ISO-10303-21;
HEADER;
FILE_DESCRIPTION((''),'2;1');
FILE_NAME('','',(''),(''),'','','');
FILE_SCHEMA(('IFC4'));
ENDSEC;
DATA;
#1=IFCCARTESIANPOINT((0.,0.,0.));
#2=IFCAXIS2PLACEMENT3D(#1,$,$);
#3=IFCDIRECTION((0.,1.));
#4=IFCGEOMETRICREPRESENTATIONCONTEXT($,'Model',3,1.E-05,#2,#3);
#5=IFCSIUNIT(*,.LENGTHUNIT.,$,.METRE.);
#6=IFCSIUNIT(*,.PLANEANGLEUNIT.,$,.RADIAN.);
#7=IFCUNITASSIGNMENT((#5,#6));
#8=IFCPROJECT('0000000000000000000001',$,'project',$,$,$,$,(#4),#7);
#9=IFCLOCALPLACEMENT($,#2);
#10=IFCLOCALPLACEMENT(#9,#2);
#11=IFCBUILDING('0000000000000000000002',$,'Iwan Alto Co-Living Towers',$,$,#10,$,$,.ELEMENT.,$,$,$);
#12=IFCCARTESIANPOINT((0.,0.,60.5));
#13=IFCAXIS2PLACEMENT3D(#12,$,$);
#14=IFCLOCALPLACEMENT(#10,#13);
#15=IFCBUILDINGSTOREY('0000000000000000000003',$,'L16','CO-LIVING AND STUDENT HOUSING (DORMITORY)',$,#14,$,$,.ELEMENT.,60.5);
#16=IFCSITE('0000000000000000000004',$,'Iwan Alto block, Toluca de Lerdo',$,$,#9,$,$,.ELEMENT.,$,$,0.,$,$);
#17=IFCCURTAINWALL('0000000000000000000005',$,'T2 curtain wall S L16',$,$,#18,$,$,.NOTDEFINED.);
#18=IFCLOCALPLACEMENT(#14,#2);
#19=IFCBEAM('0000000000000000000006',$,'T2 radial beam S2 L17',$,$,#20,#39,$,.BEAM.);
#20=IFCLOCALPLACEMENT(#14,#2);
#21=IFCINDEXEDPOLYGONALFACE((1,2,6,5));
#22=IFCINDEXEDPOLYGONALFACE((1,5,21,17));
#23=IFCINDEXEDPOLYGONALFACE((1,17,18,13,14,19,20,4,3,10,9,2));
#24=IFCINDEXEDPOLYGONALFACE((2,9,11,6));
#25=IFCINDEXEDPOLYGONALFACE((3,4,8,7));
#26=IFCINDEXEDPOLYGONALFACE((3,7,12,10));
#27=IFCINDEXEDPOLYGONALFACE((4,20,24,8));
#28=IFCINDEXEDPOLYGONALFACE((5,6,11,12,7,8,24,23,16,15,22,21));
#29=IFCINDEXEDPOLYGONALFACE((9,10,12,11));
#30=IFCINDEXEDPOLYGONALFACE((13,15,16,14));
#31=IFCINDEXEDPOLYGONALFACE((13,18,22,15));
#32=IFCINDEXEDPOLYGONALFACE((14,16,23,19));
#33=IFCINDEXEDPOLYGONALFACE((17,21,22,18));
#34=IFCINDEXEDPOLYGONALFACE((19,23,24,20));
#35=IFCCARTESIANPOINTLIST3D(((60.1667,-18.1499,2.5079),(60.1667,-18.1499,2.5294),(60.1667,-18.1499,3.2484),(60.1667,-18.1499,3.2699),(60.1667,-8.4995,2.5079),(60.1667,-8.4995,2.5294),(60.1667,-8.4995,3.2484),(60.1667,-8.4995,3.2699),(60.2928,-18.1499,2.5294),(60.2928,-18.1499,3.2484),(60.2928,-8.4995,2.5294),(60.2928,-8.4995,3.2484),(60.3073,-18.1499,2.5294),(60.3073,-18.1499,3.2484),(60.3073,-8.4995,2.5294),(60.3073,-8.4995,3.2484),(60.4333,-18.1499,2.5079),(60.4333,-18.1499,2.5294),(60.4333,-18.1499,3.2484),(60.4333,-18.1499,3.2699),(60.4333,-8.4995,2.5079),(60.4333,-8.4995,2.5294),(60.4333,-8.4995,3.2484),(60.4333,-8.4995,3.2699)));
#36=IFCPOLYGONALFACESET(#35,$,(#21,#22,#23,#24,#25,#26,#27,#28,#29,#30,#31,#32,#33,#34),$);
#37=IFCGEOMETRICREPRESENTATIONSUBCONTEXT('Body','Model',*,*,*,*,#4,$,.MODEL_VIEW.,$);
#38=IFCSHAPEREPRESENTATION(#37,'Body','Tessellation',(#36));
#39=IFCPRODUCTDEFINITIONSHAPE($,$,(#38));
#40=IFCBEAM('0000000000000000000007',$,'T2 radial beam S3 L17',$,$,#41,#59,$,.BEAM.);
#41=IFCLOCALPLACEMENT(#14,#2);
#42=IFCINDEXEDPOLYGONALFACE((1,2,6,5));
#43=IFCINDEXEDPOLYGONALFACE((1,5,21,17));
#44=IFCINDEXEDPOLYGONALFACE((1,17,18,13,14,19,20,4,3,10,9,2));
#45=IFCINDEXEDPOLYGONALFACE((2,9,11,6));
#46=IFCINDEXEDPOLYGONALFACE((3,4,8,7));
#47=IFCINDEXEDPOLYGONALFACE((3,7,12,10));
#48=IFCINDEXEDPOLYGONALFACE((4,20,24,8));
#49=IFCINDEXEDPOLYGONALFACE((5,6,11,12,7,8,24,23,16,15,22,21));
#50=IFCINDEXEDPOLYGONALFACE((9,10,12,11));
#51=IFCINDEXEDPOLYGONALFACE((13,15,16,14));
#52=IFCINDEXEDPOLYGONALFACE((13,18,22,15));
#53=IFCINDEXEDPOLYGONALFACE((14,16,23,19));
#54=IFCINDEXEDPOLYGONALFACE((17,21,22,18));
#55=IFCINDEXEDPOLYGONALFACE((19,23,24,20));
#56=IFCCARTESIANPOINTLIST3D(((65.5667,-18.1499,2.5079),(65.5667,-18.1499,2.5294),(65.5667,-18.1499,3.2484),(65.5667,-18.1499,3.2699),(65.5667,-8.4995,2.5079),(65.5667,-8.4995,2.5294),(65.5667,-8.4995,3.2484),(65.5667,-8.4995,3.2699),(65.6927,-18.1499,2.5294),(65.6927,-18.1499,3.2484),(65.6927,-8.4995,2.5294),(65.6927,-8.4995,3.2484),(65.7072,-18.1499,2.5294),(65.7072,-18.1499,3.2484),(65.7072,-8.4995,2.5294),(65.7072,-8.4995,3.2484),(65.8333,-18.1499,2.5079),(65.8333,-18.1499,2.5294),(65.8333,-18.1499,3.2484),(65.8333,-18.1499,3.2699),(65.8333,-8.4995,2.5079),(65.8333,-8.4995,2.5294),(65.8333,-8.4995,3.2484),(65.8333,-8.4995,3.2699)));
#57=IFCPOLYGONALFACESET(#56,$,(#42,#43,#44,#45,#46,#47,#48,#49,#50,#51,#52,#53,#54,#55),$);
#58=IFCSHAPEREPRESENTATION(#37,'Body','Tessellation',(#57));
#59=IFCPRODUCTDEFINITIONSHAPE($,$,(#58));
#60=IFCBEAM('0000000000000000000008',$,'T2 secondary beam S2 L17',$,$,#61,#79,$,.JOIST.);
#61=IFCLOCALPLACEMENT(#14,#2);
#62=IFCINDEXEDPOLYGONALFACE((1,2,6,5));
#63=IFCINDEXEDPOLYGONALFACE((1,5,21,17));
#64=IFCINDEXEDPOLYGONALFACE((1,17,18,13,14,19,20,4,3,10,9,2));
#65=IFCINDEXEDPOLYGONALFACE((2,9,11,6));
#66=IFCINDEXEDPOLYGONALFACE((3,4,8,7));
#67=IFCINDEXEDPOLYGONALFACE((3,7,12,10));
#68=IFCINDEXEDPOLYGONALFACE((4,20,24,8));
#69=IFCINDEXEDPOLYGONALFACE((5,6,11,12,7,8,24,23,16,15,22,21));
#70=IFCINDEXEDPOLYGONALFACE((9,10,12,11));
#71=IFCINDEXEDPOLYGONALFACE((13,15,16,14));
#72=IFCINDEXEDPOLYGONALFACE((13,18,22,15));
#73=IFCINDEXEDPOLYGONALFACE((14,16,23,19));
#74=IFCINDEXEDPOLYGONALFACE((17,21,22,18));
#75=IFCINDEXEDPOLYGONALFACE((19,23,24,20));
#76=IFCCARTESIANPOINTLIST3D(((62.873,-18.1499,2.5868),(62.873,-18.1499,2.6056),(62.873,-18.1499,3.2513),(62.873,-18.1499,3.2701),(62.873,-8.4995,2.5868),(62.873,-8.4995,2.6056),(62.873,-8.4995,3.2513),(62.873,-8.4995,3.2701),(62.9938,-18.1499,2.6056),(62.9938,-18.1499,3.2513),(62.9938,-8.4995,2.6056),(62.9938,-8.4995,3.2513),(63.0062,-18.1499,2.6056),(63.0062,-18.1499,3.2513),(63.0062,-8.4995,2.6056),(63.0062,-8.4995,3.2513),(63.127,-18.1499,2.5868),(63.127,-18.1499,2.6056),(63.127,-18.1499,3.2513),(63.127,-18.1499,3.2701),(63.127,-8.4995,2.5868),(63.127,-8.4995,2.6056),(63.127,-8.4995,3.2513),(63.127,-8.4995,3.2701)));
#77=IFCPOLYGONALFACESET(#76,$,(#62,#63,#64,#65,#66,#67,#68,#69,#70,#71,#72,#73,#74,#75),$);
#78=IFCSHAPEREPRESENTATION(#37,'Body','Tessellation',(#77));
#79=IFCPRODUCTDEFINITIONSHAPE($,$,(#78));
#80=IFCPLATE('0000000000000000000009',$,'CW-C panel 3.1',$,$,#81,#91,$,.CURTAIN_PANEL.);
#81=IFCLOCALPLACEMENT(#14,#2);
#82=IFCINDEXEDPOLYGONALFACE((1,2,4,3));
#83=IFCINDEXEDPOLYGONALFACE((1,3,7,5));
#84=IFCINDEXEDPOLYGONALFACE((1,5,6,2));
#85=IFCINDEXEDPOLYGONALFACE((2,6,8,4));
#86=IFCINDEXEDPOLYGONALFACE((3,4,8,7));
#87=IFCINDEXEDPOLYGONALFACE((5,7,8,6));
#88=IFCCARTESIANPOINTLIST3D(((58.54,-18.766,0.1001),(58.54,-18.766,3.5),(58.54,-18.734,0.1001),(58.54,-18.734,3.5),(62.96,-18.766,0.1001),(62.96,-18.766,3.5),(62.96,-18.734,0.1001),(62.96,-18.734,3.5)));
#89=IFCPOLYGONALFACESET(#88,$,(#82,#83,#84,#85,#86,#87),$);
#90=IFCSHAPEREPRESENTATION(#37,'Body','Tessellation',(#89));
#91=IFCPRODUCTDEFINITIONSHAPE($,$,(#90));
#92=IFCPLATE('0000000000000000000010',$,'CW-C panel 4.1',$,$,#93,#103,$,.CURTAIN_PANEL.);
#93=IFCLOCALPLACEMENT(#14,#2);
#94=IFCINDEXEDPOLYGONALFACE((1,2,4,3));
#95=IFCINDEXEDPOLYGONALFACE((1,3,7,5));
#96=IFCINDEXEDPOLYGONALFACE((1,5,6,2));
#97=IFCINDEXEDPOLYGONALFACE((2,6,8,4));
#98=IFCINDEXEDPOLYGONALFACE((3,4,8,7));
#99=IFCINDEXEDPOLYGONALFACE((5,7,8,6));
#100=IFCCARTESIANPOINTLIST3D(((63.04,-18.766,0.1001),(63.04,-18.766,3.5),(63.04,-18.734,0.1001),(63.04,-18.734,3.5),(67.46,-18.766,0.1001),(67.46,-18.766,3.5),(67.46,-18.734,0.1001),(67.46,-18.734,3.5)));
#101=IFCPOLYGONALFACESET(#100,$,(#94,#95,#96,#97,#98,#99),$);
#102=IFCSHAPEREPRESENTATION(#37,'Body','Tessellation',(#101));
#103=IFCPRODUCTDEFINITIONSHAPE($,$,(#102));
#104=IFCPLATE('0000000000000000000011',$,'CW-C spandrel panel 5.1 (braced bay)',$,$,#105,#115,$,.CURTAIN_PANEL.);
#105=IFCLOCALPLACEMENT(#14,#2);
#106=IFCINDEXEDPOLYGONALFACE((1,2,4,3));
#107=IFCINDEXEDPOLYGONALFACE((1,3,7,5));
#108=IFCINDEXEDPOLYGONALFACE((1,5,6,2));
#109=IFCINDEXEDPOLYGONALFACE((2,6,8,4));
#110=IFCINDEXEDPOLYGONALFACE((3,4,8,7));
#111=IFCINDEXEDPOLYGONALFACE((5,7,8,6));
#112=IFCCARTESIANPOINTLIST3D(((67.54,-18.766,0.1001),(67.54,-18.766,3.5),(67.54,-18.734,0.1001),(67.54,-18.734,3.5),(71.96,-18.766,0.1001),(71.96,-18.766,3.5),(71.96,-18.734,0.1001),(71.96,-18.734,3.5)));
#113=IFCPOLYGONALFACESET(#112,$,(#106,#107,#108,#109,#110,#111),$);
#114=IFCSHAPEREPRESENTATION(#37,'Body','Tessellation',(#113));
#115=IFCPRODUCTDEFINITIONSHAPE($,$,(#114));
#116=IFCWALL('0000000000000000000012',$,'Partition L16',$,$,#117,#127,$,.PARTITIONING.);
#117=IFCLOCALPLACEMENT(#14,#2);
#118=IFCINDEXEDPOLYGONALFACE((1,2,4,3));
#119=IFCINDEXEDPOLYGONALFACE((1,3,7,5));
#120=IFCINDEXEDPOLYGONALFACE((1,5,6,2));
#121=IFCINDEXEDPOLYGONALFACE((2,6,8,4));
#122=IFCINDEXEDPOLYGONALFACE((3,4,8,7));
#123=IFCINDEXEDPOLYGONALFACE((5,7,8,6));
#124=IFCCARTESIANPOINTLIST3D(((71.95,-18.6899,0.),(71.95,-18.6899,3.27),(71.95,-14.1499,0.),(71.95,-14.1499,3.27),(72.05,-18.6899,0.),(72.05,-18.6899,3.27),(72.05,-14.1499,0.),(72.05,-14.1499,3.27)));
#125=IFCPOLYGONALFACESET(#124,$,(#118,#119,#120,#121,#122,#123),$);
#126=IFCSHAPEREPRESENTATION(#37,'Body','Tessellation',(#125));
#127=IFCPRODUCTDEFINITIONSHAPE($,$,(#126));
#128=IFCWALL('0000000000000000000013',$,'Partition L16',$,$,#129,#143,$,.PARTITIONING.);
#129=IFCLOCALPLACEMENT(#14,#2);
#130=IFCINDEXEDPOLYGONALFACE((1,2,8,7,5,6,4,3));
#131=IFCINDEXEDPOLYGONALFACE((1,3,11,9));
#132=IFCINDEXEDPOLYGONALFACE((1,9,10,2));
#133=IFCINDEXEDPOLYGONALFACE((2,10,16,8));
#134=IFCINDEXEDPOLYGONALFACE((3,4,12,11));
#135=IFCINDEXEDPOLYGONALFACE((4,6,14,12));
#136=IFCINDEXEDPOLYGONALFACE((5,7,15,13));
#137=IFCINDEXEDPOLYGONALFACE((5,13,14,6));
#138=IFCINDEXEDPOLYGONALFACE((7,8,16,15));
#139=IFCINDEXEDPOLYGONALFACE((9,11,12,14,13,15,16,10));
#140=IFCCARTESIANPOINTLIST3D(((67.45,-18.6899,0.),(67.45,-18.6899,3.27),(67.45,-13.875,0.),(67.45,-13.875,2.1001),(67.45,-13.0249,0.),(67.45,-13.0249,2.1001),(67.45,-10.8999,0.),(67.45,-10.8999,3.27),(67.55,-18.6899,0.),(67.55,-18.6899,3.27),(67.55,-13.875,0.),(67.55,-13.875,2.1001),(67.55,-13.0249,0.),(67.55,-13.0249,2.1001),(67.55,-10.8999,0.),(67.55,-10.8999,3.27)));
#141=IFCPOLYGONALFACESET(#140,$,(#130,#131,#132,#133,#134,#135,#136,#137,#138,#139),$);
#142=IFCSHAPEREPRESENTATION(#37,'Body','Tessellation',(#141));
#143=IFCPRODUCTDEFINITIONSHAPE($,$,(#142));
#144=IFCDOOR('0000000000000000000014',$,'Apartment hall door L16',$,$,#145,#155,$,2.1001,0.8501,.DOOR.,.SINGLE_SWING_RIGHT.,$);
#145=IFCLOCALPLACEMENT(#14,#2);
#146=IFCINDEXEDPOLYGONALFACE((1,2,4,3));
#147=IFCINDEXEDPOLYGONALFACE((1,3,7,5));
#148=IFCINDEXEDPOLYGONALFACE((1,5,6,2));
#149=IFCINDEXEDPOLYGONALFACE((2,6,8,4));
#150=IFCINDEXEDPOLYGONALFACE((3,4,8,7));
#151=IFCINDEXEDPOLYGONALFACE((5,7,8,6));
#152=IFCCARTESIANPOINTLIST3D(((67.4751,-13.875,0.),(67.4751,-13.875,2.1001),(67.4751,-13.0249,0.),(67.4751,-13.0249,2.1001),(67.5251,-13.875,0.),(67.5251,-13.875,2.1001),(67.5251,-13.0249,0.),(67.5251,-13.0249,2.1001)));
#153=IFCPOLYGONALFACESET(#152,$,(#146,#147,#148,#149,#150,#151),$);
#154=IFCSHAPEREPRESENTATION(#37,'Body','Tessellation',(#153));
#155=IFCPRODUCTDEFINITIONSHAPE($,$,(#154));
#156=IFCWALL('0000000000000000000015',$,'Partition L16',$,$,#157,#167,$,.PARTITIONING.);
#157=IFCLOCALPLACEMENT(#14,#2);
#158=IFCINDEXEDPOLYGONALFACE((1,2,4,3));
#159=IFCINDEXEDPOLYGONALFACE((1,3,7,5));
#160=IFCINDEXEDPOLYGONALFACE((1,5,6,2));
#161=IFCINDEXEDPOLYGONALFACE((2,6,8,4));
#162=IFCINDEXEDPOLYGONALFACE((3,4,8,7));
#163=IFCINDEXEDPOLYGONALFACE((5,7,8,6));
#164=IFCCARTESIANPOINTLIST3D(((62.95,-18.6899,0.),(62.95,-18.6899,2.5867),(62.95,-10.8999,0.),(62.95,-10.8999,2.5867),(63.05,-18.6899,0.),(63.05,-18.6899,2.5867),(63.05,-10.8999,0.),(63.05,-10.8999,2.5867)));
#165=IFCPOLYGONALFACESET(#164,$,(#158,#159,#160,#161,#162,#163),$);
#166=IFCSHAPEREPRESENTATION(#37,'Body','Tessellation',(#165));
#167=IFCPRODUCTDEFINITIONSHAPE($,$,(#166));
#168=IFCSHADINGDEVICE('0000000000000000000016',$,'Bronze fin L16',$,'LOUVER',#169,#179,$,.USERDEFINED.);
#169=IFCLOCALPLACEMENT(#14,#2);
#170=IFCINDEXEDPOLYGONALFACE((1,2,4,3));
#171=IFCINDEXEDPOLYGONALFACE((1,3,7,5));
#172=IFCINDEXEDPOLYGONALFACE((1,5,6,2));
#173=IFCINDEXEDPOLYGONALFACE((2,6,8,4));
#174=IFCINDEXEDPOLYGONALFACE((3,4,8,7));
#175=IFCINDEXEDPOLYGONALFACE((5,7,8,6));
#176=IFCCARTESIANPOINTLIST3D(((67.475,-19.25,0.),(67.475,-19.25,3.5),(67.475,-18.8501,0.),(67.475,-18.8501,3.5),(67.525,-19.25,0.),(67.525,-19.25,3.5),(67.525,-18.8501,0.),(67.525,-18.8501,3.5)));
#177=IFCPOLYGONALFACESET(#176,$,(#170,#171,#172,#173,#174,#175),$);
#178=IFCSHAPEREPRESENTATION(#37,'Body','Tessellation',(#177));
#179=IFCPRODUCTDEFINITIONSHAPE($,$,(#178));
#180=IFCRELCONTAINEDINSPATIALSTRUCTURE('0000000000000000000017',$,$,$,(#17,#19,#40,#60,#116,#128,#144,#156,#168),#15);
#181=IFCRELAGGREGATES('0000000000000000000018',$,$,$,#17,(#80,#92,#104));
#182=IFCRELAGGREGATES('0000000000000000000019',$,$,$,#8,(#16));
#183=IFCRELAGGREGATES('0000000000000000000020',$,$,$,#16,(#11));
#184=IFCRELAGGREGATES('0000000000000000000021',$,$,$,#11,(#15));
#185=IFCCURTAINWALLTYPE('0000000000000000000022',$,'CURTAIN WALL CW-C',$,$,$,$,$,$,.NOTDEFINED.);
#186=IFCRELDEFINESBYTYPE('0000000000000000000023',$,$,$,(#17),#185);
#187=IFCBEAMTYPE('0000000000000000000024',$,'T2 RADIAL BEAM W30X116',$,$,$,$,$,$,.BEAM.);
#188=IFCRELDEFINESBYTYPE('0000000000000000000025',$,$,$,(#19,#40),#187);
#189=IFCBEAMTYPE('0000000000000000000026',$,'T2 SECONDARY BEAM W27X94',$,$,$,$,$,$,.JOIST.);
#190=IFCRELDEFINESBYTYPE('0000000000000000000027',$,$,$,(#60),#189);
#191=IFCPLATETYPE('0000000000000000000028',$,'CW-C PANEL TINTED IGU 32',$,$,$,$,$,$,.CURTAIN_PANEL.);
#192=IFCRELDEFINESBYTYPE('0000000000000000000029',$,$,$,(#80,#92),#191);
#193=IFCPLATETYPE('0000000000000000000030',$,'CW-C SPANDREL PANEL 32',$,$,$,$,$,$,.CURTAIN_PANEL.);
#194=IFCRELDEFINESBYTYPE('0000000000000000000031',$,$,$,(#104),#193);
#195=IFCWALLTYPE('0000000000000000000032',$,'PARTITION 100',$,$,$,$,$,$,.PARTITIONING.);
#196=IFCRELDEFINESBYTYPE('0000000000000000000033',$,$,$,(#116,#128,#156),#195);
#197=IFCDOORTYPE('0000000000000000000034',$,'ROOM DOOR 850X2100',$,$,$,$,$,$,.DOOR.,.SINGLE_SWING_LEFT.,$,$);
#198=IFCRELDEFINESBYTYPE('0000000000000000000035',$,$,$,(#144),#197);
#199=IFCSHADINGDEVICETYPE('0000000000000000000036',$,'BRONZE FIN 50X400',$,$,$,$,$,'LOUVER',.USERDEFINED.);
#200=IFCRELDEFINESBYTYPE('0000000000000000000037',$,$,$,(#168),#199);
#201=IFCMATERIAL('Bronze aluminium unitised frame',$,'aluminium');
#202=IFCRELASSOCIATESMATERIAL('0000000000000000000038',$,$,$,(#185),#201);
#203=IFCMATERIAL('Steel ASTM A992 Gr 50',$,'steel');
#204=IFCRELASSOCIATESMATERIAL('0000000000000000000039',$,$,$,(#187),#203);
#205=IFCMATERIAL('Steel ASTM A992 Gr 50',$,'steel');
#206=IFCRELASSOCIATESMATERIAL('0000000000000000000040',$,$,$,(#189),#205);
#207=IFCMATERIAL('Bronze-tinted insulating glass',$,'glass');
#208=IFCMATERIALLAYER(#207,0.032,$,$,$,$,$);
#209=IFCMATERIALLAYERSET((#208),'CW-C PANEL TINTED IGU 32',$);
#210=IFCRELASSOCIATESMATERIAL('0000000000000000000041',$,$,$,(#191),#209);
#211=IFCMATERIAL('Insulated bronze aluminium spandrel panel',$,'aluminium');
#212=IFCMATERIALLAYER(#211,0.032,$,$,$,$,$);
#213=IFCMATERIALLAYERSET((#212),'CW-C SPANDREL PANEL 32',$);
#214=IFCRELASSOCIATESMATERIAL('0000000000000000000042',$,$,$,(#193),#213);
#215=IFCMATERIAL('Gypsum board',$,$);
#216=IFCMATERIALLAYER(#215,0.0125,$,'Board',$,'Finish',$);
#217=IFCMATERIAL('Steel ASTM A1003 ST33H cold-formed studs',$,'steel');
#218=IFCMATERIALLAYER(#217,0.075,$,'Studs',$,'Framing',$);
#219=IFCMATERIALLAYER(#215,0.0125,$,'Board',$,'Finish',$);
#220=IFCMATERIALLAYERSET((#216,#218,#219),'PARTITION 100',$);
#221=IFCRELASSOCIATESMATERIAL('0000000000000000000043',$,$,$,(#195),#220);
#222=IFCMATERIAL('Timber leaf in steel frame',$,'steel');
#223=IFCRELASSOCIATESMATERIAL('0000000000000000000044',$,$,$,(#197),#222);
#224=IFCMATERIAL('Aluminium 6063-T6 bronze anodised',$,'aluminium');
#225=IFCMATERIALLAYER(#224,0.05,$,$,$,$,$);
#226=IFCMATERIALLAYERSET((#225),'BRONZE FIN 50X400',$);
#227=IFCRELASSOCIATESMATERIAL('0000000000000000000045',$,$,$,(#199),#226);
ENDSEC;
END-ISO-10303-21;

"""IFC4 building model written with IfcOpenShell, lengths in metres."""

from ifc_helpers import new_model, si_unit, direction, frame, frame_2d, origin, origin_2d, place, context, subcontext, project, spatial, rectangle, i_section, extrude, material, layer, layer_set, material_profile, profile_set, type_object, element, fill, aggregate, save


model = new_model("IFC4")

# Units and contexts
model_context = context("Model", 3, precision=1e-05, world=origin(), true_north=direction((0.0, 1.0)))
body_context = subcontext(model_context, "Body", "Model", "MODEL_VIEW")
ifc_project = project(units=[si_unit("LENGTHUNIT", "METRE"), si_unit("PLANEANGLEUNIT", "RADIAN")], contexts=[model_context])

# Site, building, storey
site_placement = place(None, origin())
site = spatial("IfcSite", under=ifc_project, at=site_placement, Name="Iwan Alto block, Toluca de Lerdo", CompositionType="ELEMENT", RefElevation=0.0)
building_placement = place(site_placement, origin())
building = spatial("IfcBuilding", under=site, at=building_placement, Name="Iwan Alto Co-Living Towers", CompositionType="ELEMENT")
storey_placement = place(building_placement, frame((0.0, 0.0, 60.5)))
storey = spatial("IfcBuildingStorey", under=building, at=storey_placement, Name="L16", Description="CO-LIVING AND STUDENT HOUSING (DORMITORY)", CompositionType="ELEMENT", Elevation=60.5)

# Curtain wall
ifc_material_1 = material(Name="Bronze aluminium unitised frame", Category="aluminium")
curtain_wall_type = type_object("IfcCurtainWallType", Name="CURTAIN WALL CW-C", PredefinedType="NOTDEFINED", material=ifc_material_1)
curtain_wall_placement = place(storey_placement, origin())
curtain_wall = element("IfcCurtainWall", 1, at=curtain_wall_placement, inside=storey, type_object=curtain_wall_type, Name="T2 curtain wall S L16", PredefinedType="NOTDEFINED")

# Beams
ifc_material_2 = material(Name="Steel ASTM A992 Gr 50", Category="steel")
ifc_material_profile_1 = material_profile(ifc_material_2, i_section(OverallWidth=0.2666, OverallDepth=0.762, WebThickness=0.0144, FlangeThickness=0.0215, at=origin_2d()), Name="W30X116")
ifc_profile_set_1 = profile_set([ifc_material_profile_1], Name="Steel ASTM A992 Gr 50")
beam_type_1 = type_object("IfcBeamType", Name="T2 RADIAL BEAM W30X116", PredefinedType="BEAM", material=ifc_profile_set_1)
for number, where, z_axis, x_axis, name in (
    (2, (60.3, -18.1499, 2.8889), (0.0, 1.0, 0.0), (-1.0, 0.0, 0.0), "T2 radial beam S2 L17"),
    (3, (65.7, -18.1499, 2.8889), (0.0, 1.0, 0.0), (-1.0, 0.0, 0.0), "T2 radial beam S3 L17"),
):
    element("IfcBeam", number, at=place(storey_placement, frame(where, z_axis=z_axis, x_axis=x_axis)), inside=storey, type_object=beam_type_1, Name=name, PredefinedType="BEAM", context=body_context, shape_type="SweptSolid", body=[
        extrude(i_section(OverallWidth=0.2666, OverallDepth=0.762, WebThickness=0.0144, FlangeThickness=0.0215, at=origin_2d()), origin(), (0.0, 0.0, 1.0), 9.6504),
    ])
ifc_material_3 = material(Name="Steel ASTM A992 Gr 50", Category="steel")
ifc_material_profile_2 = material_profile(ifc_material_3, i_section(OverallWidth=0.2539, OverallDepth=0.6833, WebThickness=0.0125, FlangeThickness=0.0188, at=origin_2d()), Name="W27X94")
ifc_profile_set_2 = profile_set([ifc_material_profile_2], Name="Steel ASTM A992 Gr 50")
beam_type_2 = type_object("IfcBeamType", Name="T2 SECONDARY BEAM W27X94", PredefinedType="JOIST", material=ifc_profile_set_2)
beam_1_placement = place(storey_placement, frame((63.0, -18.1499, 2.9285), z_axis=(0.0, 1.0, 0.0), x_axis=(-1.0, 0.0, 0.0)))
element("IfcBeam", 4, at=beam_1_placement, inside=storey, type_object=beam_type_2, Name="T2 secondary beam S2 L17", PredefinedType="JOIST", context=body_context, shape_type="SweptSolid", body=[
    extrude(i_section(OverallWidth=0.2539, OverallDepth=0.6833, WebThickness=0.0125, FlangeThickness=0.0188, at=origin_2d()), origin(), (0.0, 0.0, 1.0), 9.6504),
])

# Plates
ifc_material_4 = material(Name="Bronze-tinted insulating glass", Category="glass")
ifc_layer_1 = layer(ifc_material_4, 0.032)
ifc_layer_set_1 = layer_set([ifc_layer_1], Name="CW-C PANEL TINTED IGU 32")
plate_type_1 = type_object("IfcPlateType", Name="CW-C PANEL TINTED IGU 32", PredefinedType="CURTAIN_PANEL", material=ifc_layer_set_1)
plate_1_placement = place(storey_placement, frame((60.75, -18.75, 0.1001), z_axis=(0.0, 0.0, 1.0), x_axis=(1.0, 0.0, 0.0)))
plate_1 = element("IfcPlate", 5, at=plate_1_placement, type_object=plate_type_1, Name="CW-C panel 3.1", PredefinedType="CURTAIN_PANEL", context=body_context, shape_type="SweptSolid", body=[
    extrude(rectangle(XDim=4.4199, YDim=0.032, at=origin_2d()), origin(), (0.0, 0.0, 1.0), 3.3999),
])
plate_2_placement = place(storey_placement, frame((65.25, -18.75, 0.1001), z_axis=(0.0, 0.0, 1.0), x_axis=(1.0, 0.0, 0.0)))
plate_2 = element("IfcPlate", 6, at=plate_2_placement, type_object=plate_type_1, Name="CW-C panel 4.1", PredefinedType="CURTAIN_PANEL", context=body_context, shape_type="SweptSolid", body=[
    extrude(rectangle(XDim=4.4199, YDim=0.032, at=origin_2d()), origin(), (0.0, 0.0, 1.0), 3.3999),
])
ifc_material_5 = material(Name="Insulated bronze aluminium spandrel panel", Category="aluminium")
ifc_layer_2 = layer(ifc_material_5, 0.032)
ifc_layer_set_2 = layer_set([ifc_layer_2], Name="CW-C SPANDREL PANEL 32")
plate_type_2 = type_object("IfcPlateType", Name="CW-C SPANDREL PANEL 32", PredefinedType="CURTAIN_PANEL", material=ifc_layer_set_2)
plate_3_placement = place(storey_placement, frame((69.75, -18.75, 0.1001), z_axis=(0.0, 0.0, 1.0), x_axis=(1.0, 0.0, 0.0)))
plate_3 = element("IfcPlate", 7, at=plate_3_placement, type_object=plate_type_2, Name="CW-C spandrel panel 5.1 (braced bay)", PredefinedType="CURTAIN_PANEL", context=body_context, shape_type="SweptSolid", body=[
    extrude(rectangle(XDim=4.4199, YDim=0.032, at=origin_2d()), origin(), (0.0, 0.0, 1.0), 3.3999),
])
aggregate(curtain_wall, [plate_1, plate_2, plate_3])

# Wall
ifc_material_6 = material(Name="Gypsum board")
ifc_layer_3 = layer(ifc_material_6, 0.0125, Name="Board", Category="Finish")
ifc_material_7 = material(Name="Steel ASTM A1003 ST33H cold-formed studs", Category="steel")
ifc_layer_4 = layer(ifc_material_7, 0.075, Name="Studs", Category="Framing")
ifc_layer_5 = layer(ifc_material_6, 0.0125, Name="Board", Category="Finish")
ifc_layer_set_3 = layer_set([ifc_layer_3, ifc_layer_4, ifc_layer_5], Name="PARTITION 100")
wall_type = type_object("IfcWallType", Name="PARTITION 100", PredefinedType="PARTITIONING", material=ifc_layer_set_3)
wall_1_placement = place(storey_placement, frame((72.0, -18.6899, 0.0), z_axis=(0.0, 0.0, 1.0), x_axis=(0.0, 1.0, 0.0)))
element("IfcWall", 8, at=wall_1_placement, inside=storey, type_object=wall_type, Name="Partition L16", PredefinedType="PARTITIONING", context=body_context, shape_type="SweptSolid", body=[
    extrude(rectangle(XDim=4.54, YDim=0.1001, at=frame_2d((2.27, 0.0))), origin(), (0.0, 0.0, 1.0), 3.27),
])

# Wall, opening, door
wall_2_placement = place(storey_placement, frame((67.5, -18.6899, 0.0), z_axis=(0.0, 0.0, 1.0), x_axis=(0.0, 1.0, 0.0)))
wall_2 = element("IfcWall", 9, at=wall_2_placement, inside=storey, type_object=wall_type, Name="Partition L16", PredefinedType="PARTITIONING", context=body_context, shape_type="SweptSolid", body=[
    extrude(rectangle(XDim=7.79, YDim=0.1001, at=frame_2d((3.895, 0.0))), origin(), (0.0, 0.0, 1.0), 3.27),
])
opening_placement = place(wall_2_placement, frame((4.8149, 0.0, 0.0)))
opening = element("IfcOpeningElement", 10, at=opening_placement, cuts=wall_2, PredefinedType="OPENING", context=body_context, shape_type="SweptSolid", body=[
    extrude(rectangle(XDim=0.8501, YDim=2.1001, at=frame_2d((0.425, 1.05))), frame((0.0, 0.0601, 0.0), z_axis=(0.0, -1.0, 0.0), x_axis=(1.0, 0.0, 0.0)), (0.0, 0.0, 1.0), 0.1201),
])
ifc_material_8 = material(Name="Timber leaf in steel frame", Category="steel")
door_type = type_object("IfcDoorType", Name="ROOM DOOR 850X2100", OperationType="SINGLE_SWING_LEFT", PredefinedType="DOOR", material=ifc_material_8)
door_placement = place(opening_placement, origin())
door = element("IfcDoor", 11, at=door_placement, inside=storey, type_object=door_type, Name="Apartment hall door L16", OperationType="SINGLE_SWING_RIGHT", OverallHeight=2.1001, OverallWidth=0.8501, PredefinedType="DOOR", context=body_context, shape_type="SweptSolid", body=[
    extrude(rectangle(XDim=0.8501, YDim=2.1001, at=frame_2d((0.425, 1.05))), frame((0.0, 0.0249, 0.0), z_axis=(0.0, -1.0, 0.0), x_axis=(1.0, 0.0, 0.0)), (0.0, 0.0, 1.0), 0.05),
])
fill(opening, door)

# Wall
wall_3_placement = place(storey_placement, frame((63.0, -18.6899, 0.0), z_axis=(0.0, 0.0, 1.0), x_axis=(0.0, 1.0, 0.0)))
element("IfcWall", 12, at=wall_3_placement, inside=storey, type_object=wall_type, Name="Partition L16", PredefinedType="PARTITIONING", context=body_context, shape_type="SweptSolid", body=[
    extrude(rectangle(XDim=7.79, YDim=0.1001, at=frame_2d((3.895, 0.0))), origin(), (0.0, 0.0, 1.0), 2.5867),
])

# Shading device
ifc_material_9 = material(Name="Aluminium 6063-T6 bronze anodised", Category="aluminium")
ifc_layer_6 = layer(ifc_material_9, 0.05)
ifc_layer_set_4 = layer_set([ifc_layer_6], Name="BRONZE FIN 50X400")
shading_device_type = type_object("IfcShadingDeviceType", Name="BRONZE FIN 50X400", ElementType="LOUVER", PredefinedType="USERDEFINED", material=ifc_layer_set_4)
shading_device_placement = place(storey_placement, frame((67.5, -19.05, 0.0), z_axis=(0.0, 0.0, 1.0), x_axis=(1.0, 0.0, 0.0)))
element("IfcShadingDevice", 13, at=shading_device_placement, inside=storey, type_object=shading_device_type, Name="Bronze fin L16", ObjectType="LOUVER", PredefinedType="USERDEFINED", context=body_context, shape_type="SweptSolid", body=[
    extrude(rectangle(XDim=0.05, YDim=0.3999, at=origin_2d()), origin(), (0.0, 0.0, 1.0), 3.5),
])

save(model, "model.ifc")
